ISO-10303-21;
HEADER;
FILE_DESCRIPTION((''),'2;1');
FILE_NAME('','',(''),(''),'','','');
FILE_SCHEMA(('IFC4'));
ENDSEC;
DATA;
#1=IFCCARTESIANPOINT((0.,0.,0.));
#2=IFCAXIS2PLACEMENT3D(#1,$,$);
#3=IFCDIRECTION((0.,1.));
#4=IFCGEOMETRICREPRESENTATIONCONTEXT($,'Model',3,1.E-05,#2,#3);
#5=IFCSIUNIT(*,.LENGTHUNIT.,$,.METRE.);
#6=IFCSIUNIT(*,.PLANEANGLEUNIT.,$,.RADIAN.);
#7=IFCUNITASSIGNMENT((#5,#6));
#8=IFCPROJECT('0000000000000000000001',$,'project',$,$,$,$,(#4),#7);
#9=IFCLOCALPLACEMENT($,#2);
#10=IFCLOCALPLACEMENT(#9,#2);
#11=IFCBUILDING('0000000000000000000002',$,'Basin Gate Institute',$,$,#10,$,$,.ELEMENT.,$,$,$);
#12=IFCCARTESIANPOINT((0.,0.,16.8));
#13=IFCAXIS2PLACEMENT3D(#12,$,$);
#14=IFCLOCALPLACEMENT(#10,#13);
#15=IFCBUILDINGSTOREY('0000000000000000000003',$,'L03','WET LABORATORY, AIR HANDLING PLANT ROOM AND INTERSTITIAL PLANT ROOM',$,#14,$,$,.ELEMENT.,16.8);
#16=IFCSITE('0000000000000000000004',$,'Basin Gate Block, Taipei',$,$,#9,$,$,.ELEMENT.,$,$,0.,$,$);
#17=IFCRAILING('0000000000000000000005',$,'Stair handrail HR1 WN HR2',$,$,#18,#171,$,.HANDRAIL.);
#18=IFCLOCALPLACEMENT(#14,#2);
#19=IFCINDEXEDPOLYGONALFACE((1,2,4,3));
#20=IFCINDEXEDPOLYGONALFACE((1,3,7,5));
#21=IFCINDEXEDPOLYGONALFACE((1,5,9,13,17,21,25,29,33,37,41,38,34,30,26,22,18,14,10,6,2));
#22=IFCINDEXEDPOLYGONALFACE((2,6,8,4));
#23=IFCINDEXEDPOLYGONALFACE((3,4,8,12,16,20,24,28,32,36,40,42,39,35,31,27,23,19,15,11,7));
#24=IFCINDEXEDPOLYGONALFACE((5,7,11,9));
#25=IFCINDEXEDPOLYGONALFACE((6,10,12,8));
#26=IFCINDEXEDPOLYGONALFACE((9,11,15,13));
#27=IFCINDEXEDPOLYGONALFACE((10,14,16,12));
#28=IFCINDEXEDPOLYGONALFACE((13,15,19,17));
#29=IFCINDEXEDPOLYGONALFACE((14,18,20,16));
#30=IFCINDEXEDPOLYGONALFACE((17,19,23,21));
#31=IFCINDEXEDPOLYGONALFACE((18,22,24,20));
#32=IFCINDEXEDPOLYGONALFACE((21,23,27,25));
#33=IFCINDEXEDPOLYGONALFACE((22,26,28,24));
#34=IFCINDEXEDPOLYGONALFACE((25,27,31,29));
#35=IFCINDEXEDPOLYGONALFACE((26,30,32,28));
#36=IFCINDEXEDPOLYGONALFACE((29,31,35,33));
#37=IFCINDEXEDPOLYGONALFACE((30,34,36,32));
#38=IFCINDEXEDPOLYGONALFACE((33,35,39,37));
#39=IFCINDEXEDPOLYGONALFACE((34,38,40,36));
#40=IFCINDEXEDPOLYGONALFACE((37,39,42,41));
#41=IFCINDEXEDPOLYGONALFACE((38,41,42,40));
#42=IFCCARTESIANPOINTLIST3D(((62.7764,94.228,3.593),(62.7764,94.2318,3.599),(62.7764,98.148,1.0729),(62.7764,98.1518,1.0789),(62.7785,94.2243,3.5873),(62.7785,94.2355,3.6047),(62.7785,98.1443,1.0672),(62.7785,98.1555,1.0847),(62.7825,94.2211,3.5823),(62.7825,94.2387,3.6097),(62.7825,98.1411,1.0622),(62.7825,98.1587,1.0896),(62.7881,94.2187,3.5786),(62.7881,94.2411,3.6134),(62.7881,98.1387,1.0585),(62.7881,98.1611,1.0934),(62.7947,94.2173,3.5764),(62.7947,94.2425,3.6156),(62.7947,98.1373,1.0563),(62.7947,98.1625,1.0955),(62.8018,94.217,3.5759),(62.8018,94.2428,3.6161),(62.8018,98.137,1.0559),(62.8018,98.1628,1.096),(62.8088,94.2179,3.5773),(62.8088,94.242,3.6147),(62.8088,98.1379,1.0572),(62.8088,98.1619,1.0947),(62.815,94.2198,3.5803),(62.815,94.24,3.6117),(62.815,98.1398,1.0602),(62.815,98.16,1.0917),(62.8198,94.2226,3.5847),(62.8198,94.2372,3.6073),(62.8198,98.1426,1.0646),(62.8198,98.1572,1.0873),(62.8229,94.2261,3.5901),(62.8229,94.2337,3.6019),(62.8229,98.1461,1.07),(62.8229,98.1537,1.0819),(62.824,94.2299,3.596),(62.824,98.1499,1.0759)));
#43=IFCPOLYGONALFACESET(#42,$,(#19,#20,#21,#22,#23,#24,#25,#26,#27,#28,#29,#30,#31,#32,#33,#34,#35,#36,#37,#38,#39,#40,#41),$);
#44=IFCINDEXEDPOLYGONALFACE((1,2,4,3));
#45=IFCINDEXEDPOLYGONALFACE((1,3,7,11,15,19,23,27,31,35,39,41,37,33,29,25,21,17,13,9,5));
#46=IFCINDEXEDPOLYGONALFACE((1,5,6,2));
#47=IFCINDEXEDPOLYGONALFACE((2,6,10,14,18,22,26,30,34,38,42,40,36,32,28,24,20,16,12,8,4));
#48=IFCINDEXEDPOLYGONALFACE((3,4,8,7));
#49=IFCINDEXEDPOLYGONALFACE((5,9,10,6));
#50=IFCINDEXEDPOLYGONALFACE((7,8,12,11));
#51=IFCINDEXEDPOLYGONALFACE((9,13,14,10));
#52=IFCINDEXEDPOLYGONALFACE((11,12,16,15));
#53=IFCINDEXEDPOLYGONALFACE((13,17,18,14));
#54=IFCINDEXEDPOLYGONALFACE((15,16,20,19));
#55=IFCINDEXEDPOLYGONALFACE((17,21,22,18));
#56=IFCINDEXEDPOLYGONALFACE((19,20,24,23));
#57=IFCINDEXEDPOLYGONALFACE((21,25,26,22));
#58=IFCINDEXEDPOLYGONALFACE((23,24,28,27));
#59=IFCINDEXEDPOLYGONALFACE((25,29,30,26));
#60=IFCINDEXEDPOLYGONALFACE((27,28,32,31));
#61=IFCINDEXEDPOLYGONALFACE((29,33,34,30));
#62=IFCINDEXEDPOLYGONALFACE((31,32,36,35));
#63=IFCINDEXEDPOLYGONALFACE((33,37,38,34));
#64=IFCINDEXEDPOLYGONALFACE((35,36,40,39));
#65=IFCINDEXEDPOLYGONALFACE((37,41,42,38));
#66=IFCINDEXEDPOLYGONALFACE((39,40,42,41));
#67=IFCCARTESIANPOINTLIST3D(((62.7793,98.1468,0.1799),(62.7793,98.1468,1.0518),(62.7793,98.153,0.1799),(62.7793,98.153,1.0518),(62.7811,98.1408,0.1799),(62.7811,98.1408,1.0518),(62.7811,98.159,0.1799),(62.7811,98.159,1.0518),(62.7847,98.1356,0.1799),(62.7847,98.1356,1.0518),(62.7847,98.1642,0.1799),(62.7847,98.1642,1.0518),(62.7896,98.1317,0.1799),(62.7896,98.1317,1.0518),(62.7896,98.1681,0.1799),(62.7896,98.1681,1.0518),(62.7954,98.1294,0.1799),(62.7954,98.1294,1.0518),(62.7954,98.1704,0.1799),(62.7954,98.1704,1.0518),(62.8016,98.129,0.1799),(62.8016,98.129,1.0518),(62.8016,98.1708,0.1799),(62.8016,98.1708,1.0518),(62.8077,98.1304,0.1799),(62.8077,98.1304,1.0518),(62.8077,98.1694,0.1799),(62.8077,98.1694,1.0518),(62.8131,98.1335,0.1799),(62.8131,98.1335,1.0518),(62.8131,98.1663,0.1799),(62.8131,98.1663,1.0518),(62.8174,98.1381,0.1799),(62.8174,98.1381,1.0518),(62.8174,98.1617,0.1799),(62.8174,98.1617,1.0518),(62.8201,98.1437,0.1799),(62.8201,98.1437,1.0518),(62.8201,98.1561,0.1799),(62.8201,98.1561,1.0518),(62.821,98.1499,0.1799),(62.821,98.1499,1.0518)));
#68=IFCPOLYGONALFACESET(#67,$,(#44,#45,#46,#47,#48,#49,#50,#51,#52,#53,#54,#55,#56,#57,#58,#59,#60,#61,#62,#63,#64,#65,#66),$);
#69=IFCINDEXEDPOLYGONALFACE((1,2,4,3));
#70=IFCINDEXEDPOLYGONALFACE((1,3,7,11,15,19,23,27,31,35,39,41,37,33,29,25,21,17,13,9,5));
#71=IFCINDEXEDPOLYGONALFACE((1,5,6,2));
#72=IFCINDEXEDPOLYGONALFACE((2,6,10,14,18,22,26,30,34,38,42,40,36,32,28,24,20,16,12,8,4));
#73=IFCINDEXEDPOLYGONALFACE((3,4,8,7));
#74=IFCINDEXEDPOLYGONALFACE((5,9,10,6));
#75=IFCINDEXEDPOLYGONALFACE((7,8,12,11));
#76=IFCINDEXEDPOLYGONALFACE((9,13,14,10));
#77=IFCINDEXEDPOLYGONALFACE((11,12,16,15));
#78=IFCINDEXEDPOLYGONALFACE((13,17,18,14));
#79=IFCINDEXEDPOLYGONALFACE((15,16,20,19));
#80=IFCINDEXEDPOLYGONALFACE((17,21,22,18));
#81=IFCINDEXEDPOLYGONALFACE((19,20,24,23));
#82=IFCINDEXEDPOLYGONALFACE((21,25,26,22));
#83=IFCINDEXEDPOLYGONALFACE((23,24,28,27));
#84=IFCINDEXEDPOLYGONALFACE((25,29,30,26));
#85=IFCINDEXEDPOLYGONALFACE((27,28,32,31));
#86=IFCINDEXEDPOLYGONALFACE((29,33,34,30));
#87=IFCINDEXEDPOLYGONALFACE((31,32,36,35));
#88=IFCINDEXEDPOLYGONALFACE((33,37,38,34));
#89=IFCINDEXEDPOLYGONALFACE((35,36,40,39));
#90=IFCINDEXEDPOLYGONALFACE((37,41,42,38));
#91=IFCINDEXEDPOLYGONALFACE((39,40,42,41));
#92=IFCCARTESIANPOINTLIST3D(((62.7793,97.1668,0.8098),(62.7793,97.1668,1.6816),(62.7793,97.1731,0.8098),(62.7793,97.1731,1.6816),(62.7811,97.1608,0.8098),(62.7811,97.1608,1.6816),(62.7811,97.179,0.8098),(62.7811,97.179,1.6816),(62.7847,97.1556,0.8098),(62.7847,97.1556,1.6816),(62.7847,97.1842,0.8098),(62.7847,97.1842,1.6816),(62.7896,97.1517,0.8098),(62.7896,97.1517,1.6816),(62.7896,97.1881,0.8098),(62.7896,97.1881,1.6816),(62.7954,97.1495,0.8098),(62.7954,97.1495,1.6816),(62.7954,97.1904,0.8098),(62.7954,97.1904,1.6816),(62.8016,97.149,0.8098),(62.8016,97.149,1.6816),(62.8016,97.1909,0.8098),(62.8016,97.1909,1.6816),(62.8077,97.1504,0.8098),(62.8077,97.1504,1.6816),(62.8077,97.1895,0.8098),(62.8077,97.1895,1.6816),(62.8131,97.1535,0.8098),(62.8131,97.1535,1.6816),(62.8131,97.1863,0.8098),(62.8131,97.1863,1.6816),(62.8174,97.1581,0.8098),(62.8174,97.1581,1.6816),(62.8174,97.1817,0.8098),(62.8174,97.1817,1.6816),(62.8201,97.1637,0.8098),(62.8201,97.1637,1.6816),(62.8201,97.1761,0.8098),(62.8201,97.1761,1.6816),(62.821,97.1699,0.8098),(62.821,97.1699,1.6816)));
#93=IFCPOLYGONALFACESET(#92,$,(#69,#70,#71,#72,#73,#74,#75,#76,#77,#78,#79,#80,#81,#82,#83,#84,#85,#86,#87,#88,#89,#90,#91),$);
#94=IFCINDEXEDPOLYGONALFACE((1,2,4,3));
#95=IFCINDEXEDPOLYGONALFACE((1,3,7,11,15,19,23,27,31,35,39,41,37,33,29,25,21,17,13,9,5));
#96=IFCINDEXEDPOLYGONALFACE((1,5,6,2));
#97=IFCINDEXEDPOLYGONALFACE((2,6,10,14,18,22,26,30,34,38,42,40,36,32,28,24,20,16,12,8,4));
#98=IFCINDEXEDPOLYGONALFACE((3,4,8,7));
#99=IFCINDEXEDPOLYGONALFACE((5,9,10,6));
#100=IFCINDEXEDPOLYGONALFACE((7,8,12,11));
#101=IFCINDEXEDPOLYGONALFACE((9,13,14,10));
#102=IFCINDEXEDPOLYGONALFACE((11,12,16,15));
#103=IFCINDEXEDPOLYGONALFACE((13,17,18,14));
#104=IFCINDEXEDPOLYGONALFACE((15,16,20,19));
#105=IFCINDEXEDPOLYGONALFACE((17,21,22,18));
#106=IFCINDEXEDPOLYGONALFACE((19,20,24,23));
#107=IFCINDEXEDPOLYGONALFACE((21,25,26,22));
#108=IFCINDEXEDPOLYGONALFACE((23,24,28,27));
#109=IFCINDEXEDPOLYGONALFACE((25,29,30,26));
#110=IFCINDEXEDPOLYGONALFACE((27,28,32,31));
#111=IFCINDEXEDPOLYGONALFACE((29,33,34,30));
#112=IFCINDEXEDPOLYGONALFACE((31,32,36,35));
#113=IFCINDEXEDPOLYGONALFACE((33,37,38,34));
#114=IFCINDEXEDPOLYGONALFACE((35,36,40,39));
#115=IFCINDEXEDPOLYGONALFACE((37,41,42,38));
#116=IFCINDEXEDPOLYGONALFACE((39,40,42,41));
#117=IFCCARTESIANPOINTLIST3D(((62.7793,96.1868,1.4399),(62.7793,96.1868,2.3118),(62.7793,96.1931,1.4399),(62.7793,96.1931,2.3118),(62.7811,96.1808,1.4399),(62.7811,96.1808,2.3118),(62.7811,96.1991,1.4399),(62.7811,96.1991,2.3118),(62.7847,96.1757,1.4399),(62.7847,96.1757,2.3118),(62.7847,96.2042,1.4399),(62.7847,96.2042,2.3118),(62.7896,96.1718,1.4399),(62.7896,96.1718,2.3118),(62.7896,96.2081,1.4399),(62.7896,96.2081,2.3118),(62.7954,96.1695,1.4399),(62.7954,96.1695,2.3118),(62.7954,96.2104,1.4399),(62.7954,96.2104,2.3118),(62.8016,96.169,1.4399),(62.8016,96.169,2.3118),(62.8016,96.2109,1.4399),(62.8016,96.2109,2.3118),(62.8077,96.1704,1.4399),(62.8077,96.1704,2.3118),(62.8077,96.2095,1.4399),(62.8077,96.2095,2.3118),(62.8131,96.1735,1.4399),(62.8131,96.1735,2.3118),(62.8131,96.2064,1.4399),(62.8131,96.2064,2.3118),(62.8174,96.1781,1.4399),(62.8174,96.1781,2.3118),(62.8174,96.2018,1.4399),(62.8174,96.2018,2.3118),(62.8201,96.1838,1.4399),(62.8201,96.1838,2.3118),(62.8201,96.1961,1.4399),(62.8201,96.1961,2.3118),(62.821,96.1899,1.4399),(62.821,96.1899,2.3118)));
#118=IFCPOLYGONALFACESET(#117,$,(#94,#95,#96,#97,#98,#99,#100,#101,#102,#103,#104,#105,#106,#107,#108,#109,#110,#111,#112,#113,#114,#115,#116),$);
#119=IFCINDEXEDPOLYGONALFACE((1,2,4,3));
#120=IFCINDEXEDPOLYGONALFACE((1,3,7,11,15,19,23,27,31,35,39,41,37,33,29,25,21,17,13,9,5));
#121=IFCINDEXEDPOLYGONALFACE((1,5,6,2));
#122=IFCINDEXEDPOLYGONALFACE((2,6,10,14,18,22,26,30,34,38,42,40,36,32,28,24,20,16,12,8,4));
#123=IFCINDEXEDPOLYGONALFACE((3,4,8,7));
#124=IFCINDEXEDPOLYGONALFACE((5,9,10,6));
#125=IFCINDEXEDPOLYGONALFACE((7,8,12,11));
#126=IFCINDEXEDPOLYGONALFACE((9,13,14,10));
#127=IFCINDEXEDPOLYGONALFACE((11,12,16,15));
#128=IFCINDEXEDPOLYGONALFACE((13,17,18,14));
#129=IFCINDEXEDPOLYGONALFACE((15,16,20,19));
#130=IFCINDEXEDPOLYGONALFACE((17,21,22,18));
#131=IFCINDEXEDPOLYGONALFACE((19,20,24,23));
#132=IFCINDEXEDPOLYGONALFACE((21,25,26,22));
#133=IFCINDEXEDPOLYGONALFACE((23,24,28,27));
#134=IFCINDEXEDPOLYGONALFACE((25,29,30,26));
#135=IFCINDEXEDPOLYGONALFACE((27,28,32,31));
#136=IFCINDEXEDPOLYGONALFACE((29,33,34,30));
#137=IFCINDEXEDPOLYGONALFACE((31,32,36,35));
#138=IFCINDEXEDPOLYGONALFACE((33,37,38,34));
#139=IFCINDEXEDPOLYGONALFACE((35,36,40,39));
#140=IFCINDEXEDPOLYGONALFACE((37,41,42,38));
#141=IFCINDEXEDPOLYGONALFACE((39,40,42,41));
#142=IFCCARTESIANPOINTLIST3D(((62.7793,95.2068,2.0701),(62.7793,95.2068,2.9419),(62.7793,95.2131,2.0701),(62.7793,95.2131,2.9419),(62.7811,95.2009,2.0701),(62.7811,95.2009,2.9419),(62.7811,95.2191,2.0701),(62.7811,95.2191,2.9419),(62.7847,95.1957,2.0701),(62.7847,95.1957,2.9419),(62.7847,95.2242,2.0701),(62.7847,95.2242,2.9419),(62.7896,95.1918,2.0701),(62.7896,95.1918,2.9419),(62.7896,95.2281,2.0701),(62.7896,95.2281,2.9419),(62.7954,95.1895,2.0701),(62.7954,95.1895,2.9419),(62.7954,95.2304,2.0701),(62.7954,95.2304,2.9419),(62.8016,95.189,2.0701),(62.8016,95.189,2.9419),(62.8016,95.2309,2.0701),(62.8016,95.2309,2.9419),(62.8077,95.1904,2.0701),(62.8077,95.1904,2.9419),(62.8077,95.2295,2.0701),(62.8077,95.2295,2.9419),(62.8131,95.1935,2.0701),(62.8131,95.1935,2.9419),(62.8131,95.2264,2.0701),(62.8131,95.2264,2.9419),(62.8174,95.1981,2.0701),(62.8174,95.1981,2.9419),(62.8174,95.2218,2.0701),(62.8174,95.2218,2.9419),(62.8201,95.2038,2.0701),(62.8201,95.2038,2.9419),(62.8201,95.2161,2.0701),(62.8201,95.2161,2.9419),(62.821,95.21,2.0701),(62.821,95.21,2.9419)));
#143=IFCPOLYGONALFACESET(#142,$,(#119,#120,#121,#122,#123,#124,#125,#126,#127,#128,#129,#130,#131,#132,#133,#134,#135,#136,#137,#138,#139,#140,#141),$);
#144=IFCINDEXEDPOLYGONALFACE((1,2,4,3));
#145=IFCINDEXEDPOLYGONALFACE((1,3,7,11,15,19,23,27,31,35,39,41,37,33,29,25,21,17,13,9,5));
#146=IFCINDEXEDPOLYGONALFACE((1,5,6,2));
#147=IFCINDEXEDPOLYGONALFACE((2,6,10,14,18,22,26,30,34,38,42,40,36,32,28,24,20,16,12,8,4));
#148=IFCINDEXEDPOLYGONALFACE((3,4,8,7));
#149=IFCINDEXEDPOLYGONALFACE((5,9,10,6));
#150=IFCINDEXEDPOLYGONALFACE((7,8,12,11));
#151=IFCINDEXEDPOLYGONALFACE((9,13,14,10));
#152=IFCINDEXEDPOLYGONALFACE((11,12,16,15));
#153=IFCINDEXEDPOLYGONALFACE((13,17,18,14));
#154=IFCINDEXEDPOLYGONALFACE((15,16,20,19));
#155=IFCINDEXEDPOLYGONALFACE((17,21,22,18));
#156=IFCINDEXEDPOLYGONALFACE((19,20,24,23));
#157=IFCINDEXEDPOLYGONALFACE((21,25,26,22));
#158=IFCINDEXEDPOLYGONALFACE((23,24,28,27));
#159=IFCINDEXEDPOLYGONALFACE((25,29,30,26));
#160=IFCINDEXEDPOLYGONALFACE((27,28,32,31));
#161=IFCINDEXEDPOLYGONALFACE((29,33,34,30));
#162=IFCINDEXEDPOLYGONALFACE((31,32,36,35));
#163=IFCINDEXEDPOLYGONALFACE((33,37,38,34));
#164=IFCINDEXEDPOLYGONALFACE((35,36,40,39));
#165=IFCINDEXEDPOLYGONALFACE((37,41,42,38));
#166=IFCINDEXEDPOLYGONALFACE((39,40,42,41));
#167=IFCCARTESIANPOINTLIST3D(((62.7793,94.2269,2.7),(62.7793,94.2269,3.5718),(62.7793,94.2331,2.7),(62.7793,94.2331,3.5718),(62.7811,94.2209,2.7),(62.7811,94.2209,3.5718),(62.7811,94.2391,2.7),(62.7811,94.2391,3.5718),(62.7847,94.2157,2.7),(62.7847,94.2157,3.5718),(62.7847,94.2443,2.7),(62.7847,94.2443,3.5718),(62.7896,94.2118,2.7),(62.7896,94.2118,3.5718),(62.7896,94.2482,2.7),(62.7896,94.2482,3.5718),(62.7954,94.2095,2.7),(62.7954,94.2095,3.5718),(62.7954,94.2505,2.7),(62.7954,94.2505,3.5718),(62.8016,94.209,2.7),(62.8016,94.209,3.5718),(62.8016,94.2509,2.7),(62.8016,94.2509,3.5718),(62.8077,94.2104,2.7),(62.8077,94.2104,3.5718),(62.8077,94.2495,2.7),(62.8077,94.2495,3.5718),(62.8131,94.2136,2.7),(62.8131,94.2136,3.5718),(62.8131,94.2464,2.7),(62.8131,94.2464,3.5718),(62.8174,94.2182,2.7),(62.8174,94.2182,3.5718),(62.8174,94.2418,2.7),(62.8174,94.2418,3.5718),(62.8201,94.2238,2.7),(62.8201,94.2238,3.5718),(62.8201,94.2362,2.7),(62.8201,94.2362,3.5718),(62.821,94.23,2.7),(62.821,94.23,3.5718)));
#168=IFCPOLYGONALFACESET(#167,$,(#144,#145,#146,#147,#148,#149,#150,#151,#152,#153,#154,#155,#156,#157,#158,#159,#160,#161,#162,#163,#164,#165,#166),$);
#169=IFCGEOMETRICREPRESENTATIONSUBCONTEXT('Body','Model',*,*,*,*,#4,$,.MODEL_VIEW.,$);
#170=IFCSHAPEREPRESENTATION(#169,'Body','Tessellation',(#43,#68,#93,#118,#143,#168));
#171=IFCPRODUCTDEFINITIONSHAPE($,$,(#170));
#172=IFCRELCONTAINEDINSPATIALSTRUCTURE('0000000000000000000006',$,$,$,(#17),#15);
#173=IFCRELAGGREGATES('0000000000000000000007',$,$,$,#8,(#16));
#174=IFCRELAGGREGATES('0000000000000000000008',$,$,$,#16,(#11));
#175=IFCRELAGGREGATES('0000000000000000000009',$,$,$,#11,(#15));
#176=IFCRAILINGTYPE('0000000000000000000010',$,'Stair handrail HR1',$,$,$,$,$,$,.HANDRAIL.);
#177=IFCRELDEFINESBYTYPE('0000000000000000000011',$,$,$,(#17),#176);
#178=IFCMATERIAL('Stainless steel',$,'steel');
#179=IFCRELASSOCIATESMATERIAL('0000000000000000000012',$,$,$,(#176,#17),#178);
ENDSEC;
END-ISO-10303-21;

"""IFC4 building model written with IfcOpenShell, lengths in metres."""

from ifc_helpers import new_model, si_unit, direction, frame, origin, origin_2d, place, context, subcontext, project, spatial, circle, extrude, material, type_object, element, save


model = new_model("IFC4")

# Units and contexts
model_context = context("Model", 3, precision=1e-05, world=origin(), true_north=direction((0.0, 1.0)))
body_context = subcontext(model_context, "Body", "Model", "MODEL_VIEW")
ifc_project = project(units=[si_unit("LENGTHUNIT", "METRE"), si_unit("PLANEANGLEUNIT", "RADIAN")], contexts=[model_context])

# Site, building, storey
site_placement = place(None, origin())
site = spatial("IfcSite", under=ifc_project, at=site_placement, Name="Basin Gate Block, Taipei", CompositionType="ELEMENT", RefElevation=0.0)
building_placement = place(site_placement, origin())
building = spatial("IfcBuilding", under=site, at=building_placement, Name="Basin Gate Institute", CompositionType="ELEMENT")
storey_placement = place(building_placement, frame((0.0, 0.0, 16.8)))
storey = spatial("IfcBuildingStorey", under=building, at=storey_placement, Name="L03", Description="WET LABORATORY, AIR HANDLING PLANT ROOM AND INTERSTITIAL PLANT ROOM", CompositionType="ELEMENT", Elevation=16.8)

# Railing
ifc_material_1 = material(Name="Stainless steel", Category="steel")
railing_type_1 = type_object("IfcRailingType", Name="Stair handrail HR1", PredefinedType="HANDRAIL", material=ifc_material_1)
for number, where, name in (
    (1, (62.8, 98.1499, 0.1799), "Stair handrail HR1 WN HR2"),
):
    element("IfcRailing", number, at=place(storey_placement, frame(where)), inside=storey, type_object=railing_type_1, material=ifc_material_1, Name=name, PredefinedType="HANDRAIL", context=body_context, shape_type="SweptSolid", body=[
        extrude(circle(Radius=0.0239, at=origin_2d()), frame((0.0, 0.0, 0.896), z_axis=(0.0, -0.841172, 0.540768), x_axis=(1.0, 0.0, 0.0)), (0.0, 0.0, 1.0), 4.6602),
        extrude(circle(Radius=0.021, at=origin_2d()), origin(), (0.0, 0.0, 1.0), 0.8718),
        extrude(circle(Radius=0.021, at=origin_2d()), frame((0.0, -0.98, 0.6299)), (0.0, 0.0, 1.0), 0.8718),
        extrude(circle(Radius=0.021, at=origin_2d()), frame((0.0, -1.96, 1.26)), (0.0, 0.0, 1.0), 0.8718),
        extrude(circle(Radius=0.021, at=origin_2d()), frame((0.0, -2.9399, 1.8901)), (0.0, 0.0, 1.0), 0.8718),
        extrude(circle(Radius=0.021, at=origin_2d()), frame((0.0, -3.9199, 2.52)), (0.0, 0.0, 1.0), 0.8718),
    ])

save(model, "model.ifc")
